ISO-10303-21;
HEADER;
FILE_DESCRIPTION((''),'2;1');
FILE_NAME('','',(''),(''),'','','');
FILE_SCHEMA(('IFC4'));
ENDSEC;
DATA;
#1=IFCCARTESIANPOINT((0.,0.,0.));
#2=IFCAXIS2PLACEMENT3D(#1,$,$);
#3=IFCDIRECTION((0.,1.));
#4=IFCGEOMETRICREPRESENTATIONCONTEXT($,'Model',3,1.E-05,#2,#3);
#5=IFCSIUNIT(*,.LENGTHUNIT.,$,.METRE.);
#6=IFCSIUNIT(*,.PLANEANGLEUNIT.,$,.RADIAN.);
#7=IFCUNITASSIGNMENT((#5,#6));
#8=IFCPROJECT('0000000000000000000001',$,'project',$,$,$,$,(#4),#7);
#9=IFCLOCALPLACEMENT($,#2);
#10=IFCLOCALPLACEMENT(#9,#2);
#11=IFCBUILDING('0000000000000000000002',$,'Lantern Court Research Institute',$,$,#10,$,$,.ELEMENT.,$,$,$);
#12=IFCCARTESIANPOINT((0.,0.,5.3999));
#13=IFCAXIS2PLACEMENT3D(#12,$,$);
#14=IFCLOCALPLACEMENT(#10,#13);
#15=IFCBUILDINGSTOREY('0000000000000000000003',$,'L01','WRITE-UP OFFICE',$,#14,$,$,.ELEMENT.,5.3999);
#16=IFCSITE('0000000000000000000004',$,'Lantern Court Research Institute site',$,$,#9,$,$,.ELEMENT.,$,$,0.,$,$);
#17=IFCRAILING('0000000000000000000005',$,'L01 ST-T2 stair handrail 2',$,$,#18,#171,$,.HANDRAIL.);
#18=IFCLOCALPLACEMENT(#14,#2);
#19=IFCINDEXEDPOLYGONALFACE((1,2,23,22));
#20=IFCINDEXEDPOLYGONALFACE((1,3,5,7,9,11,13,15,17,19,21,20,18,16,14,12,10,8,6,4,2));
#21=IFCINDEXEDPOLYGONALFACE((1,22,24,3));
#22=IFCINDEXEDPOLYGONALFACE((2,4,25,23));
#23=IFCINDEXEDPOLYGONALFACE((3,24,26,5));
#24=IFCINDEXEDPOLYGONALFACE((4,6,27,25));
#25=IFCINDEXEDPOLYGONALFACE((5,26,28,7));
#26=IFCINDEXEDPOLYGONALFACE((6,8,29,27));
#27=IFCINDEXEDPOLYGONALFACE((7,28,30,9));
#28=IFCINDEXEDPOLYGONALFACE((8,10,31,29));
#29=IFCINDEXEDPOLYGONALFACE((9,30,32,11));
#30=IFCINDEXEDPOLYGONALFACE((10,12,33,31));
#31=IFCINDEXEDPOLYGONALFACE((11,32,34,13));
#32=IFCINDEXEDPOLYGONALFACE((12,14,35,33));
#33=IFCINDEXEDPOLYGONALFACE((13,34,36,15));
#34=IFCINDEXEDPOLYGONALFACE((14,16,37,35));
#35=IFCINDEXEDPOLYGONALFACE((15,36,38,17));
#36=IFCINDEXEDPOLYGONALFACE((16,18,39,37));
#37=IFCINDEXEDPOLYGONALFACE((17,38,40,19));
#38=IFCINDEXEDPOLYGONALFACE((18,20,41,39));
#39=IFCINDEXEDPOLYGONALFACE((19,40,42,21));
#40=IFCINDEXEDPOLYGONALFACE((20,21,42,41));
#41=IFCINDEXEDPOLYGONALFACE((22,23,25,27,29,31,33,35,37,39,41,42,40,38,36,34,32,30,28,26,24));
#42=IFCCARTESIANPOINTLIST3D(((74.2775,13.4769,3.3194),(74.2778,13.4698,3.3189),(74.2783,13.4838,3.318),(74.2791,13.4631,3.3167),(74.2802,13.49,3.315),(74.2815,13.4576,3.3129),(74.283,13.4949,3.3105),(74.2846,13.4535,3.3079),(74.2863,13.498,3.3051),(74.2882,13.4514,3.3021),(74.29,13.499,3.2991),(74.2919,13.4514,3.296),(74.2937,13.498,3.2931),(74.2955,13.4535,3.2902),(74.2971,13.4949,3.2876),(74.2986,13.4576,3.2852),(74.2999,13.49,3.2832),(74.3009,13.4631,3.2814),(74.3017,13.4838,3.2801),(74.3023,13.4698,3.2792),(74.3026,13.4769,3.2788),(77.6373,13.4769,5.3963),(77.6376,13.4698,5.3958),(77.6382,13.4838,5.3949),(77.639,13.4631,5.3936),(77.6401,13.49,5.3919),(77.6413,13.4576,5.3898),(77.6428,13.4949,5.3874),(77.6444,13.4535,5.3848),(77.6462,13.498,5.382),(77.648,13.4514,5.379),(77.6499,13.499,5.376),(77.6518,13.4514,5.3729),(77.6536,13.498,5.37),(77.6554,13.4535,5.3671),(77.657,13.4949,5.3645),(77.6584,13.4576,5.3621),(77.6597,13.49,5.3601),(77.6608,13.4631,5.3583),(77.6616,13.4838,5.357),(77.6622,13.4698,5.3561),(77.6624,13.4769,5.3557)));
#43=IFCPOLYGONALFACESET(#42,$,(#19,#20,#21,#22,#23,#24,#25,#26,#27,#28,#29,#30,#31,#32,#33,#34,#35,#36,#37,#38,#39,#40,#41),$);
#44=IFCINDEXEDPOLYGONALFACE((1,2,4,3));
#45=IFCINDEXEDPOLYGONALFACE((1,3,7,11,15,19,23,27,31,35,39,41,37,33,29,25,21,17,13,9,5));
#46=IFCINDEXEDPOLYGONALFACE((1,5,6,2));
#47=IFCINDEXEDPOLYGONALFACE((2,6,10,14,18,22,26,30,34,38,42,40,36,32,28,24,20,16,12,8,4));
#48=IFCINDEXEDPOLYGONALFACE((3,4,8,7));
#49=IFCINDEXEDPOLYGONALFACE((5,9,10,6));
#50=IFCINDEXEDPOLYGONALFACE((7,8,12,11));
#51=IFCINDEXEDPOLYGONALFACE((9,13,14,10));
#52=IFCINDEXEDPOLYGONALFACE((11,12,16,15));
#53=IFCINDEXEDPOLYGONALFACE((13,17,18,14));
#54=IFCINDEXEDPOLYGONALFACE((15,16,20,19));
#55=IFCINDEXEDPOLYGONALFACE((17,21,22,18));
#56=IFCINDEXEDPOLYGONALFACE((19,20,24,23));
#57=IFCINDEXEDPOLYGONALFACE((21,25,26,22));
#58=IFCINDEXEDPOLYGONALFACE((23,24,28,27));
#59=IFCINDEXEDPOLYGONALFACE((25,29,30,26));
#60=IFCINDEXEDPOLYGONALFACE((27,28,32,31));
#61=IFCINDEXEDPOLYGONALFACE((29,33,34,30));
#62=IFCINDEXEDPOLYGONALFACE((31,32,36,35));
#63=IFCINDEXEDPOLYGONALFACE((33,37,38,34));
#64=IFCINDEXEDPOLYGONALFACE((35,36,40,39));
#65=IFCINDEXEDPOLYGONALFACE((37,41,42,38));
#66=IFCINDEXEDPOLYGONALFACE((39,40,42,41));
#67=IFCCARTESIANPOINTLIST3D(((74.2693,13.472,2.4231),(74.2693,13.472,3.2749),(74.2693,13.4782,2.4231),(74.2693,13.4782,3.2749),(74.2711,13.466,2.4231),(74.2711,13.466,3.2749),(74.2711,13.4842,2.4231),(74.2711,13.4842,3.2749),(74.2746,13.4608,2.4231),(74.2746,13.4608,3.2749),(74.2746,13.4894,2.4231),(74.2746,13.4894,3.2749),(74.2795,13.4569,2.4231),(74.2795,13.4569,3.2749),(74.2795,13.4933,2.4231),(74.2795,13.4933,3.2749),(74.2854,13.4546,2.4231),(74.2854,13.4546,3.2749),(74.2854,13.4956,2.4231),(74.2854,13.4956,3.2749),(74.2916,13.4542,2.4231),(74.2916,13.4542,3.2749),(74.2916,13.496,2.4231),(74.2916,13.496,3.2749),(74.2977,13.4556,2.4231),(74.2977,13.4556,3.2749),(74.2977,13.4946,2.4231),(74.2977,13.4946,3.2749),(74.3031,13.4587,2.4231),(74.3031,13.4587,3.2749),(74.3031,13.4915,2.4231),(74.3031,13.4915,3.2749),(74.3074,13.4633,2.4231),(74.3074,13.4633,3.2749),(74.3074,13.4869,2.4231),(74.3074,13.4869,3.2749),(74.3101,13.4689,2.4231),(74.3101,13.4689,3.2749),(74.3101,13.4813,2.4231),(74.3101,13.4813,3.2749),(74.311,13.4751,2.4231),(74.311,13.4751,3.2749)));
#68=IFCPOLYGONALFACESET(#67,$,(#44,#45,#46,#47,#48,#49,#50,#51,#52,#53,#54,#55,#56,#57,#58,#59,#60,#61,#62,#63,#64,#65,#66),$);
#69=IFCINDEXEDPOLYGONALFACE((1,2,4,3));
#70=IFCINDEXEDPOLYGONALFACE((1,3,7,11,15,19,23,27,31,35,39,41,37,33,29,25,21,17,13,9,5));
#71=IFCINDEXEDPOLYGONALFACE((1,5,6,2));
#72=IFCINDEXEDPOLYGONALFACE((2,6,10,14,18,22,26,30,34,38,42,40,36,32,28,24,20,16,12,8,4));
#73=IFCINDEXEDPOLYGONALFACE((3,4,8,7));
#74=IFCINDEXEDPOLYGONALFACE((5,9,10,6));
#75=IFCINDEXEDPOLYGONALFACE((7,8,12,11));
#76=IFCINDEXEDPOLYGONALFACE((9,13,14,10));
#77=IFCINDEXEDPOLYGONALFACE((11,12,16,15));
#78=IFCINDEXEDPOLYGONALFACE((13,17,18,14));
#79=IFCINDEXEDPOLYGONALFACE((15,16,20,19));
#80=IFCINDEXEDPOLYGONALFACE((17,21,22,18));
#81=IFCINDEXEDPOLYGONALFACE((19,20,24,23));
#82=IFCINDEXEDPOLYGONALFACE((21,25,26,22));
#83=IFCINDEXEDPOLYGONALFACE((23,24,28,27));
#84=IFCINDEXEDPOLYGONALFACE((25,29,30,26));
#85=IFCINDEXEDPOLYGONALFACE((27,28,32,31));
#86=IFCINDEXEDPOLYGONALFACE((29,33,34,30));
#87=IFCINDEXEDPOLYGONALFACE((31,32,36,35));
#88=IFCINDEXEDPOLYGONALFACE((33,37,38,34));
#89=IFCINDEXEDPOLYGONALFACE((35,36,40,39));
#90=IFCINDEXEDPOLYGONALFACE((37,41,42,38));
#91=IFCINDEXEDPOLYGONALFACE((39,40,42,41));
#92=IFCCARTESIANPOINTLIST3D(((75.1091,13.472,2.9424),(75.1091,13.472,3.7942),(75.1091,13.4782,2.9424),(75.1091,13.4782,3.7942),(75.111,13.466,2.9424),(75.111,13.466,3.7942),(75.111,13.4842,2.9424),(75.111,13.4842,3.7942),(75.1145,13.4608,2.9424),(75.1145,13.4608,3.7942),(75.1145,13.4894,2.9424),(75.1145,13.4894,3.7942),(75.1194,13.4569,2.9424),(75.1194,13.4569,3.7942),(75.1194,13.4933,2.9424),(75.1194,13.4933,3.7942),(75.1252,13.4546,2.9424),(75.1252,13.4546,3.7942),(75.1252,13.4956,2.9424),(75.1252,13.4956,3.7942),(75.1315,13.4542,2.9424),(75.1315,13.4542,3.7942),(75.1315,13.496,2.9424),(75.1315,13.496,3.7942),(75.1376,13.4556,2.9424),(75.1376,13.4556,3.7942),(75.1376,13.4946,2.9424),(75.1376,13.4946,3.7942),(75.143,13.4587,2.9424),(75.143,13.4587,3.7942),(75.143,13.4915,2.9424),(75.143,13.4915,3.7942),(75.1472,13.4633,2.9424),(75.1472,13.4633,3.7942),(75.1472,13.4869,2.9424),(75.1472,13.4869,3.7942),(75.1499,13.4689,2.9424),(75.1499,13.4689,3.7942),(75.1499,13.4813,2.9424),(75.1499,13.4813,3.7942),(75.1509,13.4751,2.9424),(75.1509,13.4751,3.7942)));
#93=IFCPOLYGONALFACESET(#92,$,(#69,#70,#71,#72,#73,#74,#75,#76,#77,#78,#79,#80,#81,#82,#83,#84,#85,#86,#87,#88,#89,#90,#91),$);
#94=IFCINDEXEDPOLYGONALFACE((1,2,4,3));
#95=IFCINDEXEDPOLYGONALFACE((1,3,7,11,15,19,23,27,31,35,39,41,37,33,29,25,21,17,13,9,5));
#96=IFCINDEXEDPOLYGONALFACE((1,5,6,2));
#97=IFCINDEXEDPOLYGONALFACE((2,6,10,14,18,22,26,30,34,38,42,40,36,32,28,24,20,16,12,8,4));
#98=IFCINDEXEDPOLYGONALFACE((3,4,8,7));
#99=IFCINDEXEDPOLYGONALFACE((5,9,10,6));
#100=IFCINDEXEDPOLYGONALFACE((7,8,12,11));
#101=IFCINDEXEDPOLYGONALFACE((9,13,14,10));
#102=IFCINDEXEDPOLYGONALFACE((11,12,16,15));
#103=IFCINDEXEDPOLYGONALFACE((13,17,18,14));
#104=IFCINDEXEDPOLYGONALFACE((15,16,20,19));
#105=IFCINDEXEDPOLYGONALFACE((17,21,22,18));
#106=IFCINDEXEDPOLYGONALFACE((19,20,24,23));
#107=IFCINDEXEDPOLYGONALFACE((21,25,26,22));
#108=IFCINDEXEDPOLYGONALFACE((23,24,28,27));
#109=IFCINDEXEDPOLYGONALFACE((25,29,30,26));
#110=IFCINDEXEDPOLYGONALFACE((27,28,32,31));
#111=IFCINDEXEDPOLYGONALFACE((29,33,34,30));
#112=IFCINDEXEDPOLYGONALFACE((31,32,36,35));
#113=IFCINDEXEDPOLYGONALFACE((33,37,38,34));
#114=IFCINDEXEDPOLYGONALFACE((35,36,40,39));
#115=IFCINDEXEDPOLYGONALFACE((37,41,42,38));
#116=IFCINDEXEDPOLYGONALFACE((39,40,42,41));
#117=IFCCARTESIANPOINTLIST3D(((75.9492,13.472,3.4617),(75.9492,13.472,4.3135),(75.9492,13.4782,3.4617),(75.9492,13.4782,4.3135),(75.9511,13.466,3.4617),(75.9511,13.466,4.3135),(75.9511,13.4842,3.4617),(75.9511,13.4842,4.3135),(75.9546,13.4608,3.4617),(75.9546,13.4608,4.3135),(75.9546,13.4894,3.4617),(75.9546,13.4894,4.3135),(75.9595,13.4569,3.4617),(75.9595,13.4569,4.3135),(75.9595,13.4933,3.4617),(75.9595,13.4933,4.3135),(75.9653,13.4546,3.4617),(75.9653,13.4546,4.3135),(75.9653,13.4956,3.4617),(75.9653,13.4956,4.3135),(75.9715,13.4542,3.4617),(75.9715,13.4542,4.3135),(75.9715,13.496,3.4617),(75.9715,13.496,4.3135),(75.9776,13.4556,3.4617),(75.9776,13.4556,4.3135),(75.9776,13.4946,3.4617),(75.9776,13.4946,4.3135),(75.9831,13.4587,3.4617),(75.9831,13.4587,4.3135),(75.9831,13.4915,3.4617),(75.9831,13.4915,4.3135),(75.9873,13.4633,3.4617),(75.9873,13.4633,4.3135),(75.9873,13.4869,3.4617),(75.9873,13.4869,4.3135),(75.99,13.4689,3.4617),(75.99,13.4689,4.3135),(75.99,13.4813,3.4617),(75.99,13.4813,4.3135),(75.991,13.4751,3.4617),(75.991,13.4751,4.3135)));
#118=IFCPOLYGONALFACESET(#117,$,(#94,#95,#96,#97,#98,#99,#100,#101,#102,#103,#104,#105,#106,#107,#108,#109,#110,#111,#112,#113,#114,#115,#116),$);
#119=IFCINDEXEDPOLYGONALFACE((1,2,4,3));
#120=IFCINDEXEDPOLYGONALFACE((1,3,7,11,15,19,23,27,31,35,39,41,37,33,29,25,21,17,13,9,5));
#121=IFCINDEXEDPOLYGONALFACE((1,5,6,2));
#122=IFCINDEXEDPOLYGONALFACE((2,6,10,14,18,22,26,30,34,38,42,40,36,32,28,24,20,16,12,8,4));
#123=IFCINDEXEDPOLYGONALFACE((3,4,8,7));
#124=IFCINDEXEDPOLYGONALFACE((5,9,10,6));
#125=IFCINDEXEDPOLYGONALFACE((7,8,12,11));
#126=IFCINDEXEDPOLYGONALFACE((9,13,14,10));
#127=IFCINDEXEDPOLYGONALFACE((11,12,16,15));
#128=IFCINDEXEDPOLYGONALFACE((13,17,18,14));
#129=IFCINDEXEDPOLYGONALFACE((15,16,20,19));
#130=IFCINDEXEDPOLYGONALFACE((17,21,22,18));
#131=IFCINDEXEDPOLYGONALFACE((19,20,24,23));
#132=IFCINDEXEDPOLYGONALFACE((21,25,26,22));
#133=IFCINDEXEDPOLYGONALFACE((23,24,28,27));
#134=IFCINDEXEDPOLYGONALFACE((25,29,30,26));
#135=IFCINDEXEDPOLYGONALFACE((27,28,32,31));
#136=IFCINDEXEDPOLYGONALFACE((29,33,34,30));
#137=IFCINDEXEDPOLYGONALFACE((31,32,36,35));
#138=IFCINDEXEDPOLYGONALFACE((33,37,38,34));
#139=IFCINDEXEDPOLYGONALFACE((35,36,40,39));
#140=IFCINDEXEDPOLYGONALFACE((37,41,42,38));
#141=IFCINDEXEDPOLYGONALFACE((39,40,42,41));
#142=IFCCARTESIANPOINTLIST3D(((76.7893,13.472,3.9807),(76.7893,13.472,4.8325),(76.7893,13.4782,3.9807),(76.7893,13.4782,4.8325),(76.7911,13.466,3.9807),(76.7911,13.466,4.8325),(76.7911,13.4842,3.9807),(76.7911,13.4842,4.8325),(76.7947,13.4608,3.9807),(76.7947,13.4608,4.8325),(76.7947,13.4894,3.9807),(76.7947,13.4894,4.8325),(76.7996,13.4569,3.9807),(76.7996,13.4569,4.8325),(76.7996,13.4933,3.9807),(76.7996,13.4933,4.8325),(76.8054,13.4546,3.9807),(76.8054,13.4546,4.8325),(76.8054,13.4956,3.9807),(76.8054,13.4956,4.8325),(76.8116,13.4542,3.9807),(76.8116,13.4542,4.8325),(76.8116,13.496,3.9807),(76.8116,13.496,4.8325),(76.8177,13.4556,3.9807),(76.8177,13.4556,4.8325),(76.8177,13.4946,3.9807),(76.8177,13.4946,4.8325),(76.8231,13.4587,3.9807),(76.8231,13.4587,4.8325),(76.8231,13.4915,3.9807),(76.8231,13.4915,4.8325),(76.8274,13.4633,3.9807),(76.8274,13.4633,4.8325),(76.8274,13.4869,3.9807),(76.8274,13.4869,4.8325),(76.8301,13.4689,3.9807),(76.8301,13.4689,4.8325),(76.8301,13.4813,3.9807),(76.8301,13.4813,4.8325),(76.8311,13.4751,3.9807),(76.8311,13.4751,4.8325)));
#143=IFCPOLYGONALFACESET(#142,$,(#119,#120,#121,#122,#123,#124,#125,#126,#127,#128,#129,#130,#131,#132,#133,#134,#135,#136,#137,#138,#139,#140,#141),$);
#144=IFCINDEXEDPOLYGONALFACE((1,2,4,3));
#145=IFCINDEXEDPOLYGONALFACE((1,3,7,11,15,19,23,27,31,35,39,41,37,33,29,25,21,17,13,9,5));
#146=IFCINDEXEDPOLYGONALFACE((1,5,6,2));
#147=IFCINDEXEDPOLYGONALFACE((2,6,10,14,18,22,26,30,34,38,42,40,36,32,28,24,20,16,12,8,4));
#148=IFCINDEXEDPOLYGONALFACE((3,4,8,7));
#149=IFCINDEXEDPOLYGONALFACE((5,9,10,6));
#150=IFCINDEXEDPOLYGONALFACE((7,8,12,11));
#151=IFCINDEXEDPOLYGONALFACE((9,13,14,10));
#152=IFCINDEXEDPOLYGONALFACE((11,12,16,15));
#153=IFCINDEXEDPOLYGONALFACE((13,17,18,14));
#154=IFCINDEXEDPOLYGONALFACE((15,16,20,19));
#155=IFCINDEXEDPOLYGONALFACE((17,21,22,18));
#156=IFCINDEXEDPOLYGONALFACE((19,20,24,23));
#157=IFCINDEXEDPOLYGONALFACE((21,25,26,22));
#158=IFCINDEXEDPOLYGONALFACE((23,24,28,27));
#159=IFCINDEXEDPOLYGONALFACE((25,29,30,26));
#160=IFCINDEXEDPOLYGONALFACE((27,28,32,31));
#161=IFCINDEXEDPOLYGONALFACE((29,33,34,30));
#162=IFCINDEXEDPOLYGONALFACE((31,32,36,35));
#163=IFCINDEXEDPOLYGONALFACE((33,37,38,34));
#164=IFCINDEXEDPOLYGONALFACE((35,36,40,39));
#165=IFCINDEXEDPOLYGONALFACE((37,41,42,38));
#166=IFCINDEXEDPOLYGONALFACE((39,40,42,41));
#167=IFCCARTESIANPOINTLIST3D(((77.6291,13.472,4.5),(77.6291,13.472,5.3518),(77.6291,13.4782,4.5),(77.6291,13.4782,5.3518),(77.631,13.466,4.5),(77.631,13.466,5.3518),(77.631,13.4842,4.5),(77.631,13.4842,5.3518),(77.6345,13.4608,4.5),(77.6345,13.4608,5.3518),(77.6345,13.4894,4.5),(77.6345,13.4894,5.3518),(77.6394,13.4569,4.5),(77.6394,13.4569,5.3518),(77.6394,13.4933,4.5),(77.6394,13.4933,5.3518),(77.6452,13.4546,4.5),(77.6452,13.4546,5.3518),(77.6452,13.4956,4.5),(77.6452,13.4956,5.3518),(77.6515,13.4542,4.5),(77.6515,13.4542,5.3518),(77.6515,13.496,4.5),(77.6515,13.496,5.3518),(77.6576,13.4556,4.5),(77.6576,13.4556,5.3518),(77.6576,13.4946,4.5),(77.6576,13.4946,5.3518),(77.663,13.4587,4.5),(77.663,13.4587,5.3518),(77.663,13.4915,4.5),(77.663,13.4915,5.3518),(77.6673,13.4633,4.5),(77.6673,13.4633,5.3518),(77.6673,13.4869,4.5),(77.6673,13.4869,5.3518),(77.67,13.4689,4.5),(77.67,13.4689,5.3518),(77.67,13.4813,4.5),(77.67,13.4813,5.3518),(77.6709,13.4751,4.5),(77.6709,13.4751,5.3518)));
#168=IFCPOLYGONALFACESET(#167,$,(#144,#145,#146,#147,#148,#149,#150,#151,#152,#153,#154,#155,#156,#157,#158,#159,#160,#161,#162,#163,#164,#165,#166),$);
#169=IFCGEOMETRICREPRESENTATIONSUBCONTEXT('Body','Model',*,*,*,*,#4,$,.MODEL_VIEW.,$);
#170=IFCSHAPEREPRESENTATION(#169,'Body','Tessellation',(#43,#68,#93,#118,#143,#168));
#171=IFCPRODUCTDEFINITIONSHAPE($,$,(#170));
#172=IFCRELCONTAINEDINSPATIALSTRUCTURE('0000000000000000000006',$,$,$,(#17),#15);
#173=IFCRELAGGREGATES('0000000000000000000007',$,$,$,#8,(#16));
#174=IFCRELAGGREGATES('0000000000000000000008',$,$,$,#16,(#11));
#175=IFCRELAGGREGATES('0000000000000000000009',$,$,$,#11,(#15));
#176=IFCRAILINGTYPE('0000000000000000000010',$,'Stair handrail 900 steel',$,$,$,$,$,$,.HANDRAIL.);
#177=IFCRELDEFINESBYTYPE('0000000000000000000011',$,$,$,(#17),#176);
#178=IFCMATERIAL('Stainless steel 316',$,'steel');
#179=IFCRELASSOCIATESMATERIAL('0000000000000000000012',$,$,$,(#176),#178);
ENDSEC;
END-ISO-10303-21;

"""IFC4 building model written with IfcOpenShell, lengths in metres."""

from ifc_helpers import new_model, si_unit, direction, frame, origin, origin_2d, place, context, subcontext, project, spatial, circle, extrude, material, type_object, element, save


model = new_model("IFC4")

# Units and contexts
model_context = context("Model", 3, precision=1e-05, world=origin(), true_north=direction((0.0, 1.0)))
body_context = subcontext(model_context, "Body", "Model", "MODEL_VIEW")
ifc_project = project(units=[si_unit("LENGTHUNIT", "METRE"), si_unit("PLANEANGLEUNIT", "RADIAN")], contexts=[model_context])

# Site, building, storey
site_placement = place(None, origin())
site = spatial("IfcSite", under=ifc_project, at=site_placement, Name="Lantern Court Research Institute site", CompositionType="ELEMENT", RefElevation=0.0)
building_placement = place(site_placement, origin())
building = spatial("IfcBuilding", under=site, at=building_placement, Name="Lantern Court Research Institute", CompositionType="ELEMENT")
storey_placement = place(building_placement, frame((0.0, 0.0, 5.3999)))
storey = spatial("IfcBuildingStorey", under=building, at=storey_placement, Name="L01", Description="WRITE-UP OFFICE", CompositionType="ELEMENT", Elevation=5.3999)

# Railing
ifc_material_1 = material(Name="Stainless steel 316", Category="steel")
railing_type_1 = type_object("IfcRailingType", Name="Stair handrail 900 steel", PredefinedType="HANDRAIL", material=ifc_material_1)
railing_1_placement = place(storey_placement, frame((74.29, 13.4751, 2.4231)))
element("IfcRailing", 1, at=railing_1_placement, inside=storey, type_object=railing_type_1, Name="L01 ST-T2 stair handrail 2", PredefinedType="HANDRAIL", context=body_context, shape_type="SweptSolid", body=[
    extrude(circle(Radius=0.0239, at=origin_2d()), frame((0.0, 0.0, 0.876), z_axis=(0.850606, 0.0, 0.525803), x_axis=(0.0, 1.0, 0.0)), (0.0, 0.0, 1.0), 3.95),
    extrude(circle(Radius=0.021, at=origin_2d()), origin(), (0.0, 0.0, 1.0), 0.8518),
    extrude(circle(Radius=0.021, at=origin_2d()), frame((0.8398, 0.0, 0.5193)), (0.0, 0.0, 1.0), 0.8518),
    extrude(circle(Radius=0.021, at=origin_2d()), frame((1.6799, 0.0, 1.0386)), (0.0, 0.0, 1.0), 0.8518),
    extrude(circle(Radius=0.021, at=origin_2d()), frame((2.52, 0.0, 1.5576)), (0.0, 0.0, 1.0), 0.8518),
    extrude(circle(Radius=0.021, at=origin_2d()), frame((3.3599, 0.0, 2.0769)), (0.0, 0.0, 1.0), 0.8518),
])

save(model, "model.ifc")
